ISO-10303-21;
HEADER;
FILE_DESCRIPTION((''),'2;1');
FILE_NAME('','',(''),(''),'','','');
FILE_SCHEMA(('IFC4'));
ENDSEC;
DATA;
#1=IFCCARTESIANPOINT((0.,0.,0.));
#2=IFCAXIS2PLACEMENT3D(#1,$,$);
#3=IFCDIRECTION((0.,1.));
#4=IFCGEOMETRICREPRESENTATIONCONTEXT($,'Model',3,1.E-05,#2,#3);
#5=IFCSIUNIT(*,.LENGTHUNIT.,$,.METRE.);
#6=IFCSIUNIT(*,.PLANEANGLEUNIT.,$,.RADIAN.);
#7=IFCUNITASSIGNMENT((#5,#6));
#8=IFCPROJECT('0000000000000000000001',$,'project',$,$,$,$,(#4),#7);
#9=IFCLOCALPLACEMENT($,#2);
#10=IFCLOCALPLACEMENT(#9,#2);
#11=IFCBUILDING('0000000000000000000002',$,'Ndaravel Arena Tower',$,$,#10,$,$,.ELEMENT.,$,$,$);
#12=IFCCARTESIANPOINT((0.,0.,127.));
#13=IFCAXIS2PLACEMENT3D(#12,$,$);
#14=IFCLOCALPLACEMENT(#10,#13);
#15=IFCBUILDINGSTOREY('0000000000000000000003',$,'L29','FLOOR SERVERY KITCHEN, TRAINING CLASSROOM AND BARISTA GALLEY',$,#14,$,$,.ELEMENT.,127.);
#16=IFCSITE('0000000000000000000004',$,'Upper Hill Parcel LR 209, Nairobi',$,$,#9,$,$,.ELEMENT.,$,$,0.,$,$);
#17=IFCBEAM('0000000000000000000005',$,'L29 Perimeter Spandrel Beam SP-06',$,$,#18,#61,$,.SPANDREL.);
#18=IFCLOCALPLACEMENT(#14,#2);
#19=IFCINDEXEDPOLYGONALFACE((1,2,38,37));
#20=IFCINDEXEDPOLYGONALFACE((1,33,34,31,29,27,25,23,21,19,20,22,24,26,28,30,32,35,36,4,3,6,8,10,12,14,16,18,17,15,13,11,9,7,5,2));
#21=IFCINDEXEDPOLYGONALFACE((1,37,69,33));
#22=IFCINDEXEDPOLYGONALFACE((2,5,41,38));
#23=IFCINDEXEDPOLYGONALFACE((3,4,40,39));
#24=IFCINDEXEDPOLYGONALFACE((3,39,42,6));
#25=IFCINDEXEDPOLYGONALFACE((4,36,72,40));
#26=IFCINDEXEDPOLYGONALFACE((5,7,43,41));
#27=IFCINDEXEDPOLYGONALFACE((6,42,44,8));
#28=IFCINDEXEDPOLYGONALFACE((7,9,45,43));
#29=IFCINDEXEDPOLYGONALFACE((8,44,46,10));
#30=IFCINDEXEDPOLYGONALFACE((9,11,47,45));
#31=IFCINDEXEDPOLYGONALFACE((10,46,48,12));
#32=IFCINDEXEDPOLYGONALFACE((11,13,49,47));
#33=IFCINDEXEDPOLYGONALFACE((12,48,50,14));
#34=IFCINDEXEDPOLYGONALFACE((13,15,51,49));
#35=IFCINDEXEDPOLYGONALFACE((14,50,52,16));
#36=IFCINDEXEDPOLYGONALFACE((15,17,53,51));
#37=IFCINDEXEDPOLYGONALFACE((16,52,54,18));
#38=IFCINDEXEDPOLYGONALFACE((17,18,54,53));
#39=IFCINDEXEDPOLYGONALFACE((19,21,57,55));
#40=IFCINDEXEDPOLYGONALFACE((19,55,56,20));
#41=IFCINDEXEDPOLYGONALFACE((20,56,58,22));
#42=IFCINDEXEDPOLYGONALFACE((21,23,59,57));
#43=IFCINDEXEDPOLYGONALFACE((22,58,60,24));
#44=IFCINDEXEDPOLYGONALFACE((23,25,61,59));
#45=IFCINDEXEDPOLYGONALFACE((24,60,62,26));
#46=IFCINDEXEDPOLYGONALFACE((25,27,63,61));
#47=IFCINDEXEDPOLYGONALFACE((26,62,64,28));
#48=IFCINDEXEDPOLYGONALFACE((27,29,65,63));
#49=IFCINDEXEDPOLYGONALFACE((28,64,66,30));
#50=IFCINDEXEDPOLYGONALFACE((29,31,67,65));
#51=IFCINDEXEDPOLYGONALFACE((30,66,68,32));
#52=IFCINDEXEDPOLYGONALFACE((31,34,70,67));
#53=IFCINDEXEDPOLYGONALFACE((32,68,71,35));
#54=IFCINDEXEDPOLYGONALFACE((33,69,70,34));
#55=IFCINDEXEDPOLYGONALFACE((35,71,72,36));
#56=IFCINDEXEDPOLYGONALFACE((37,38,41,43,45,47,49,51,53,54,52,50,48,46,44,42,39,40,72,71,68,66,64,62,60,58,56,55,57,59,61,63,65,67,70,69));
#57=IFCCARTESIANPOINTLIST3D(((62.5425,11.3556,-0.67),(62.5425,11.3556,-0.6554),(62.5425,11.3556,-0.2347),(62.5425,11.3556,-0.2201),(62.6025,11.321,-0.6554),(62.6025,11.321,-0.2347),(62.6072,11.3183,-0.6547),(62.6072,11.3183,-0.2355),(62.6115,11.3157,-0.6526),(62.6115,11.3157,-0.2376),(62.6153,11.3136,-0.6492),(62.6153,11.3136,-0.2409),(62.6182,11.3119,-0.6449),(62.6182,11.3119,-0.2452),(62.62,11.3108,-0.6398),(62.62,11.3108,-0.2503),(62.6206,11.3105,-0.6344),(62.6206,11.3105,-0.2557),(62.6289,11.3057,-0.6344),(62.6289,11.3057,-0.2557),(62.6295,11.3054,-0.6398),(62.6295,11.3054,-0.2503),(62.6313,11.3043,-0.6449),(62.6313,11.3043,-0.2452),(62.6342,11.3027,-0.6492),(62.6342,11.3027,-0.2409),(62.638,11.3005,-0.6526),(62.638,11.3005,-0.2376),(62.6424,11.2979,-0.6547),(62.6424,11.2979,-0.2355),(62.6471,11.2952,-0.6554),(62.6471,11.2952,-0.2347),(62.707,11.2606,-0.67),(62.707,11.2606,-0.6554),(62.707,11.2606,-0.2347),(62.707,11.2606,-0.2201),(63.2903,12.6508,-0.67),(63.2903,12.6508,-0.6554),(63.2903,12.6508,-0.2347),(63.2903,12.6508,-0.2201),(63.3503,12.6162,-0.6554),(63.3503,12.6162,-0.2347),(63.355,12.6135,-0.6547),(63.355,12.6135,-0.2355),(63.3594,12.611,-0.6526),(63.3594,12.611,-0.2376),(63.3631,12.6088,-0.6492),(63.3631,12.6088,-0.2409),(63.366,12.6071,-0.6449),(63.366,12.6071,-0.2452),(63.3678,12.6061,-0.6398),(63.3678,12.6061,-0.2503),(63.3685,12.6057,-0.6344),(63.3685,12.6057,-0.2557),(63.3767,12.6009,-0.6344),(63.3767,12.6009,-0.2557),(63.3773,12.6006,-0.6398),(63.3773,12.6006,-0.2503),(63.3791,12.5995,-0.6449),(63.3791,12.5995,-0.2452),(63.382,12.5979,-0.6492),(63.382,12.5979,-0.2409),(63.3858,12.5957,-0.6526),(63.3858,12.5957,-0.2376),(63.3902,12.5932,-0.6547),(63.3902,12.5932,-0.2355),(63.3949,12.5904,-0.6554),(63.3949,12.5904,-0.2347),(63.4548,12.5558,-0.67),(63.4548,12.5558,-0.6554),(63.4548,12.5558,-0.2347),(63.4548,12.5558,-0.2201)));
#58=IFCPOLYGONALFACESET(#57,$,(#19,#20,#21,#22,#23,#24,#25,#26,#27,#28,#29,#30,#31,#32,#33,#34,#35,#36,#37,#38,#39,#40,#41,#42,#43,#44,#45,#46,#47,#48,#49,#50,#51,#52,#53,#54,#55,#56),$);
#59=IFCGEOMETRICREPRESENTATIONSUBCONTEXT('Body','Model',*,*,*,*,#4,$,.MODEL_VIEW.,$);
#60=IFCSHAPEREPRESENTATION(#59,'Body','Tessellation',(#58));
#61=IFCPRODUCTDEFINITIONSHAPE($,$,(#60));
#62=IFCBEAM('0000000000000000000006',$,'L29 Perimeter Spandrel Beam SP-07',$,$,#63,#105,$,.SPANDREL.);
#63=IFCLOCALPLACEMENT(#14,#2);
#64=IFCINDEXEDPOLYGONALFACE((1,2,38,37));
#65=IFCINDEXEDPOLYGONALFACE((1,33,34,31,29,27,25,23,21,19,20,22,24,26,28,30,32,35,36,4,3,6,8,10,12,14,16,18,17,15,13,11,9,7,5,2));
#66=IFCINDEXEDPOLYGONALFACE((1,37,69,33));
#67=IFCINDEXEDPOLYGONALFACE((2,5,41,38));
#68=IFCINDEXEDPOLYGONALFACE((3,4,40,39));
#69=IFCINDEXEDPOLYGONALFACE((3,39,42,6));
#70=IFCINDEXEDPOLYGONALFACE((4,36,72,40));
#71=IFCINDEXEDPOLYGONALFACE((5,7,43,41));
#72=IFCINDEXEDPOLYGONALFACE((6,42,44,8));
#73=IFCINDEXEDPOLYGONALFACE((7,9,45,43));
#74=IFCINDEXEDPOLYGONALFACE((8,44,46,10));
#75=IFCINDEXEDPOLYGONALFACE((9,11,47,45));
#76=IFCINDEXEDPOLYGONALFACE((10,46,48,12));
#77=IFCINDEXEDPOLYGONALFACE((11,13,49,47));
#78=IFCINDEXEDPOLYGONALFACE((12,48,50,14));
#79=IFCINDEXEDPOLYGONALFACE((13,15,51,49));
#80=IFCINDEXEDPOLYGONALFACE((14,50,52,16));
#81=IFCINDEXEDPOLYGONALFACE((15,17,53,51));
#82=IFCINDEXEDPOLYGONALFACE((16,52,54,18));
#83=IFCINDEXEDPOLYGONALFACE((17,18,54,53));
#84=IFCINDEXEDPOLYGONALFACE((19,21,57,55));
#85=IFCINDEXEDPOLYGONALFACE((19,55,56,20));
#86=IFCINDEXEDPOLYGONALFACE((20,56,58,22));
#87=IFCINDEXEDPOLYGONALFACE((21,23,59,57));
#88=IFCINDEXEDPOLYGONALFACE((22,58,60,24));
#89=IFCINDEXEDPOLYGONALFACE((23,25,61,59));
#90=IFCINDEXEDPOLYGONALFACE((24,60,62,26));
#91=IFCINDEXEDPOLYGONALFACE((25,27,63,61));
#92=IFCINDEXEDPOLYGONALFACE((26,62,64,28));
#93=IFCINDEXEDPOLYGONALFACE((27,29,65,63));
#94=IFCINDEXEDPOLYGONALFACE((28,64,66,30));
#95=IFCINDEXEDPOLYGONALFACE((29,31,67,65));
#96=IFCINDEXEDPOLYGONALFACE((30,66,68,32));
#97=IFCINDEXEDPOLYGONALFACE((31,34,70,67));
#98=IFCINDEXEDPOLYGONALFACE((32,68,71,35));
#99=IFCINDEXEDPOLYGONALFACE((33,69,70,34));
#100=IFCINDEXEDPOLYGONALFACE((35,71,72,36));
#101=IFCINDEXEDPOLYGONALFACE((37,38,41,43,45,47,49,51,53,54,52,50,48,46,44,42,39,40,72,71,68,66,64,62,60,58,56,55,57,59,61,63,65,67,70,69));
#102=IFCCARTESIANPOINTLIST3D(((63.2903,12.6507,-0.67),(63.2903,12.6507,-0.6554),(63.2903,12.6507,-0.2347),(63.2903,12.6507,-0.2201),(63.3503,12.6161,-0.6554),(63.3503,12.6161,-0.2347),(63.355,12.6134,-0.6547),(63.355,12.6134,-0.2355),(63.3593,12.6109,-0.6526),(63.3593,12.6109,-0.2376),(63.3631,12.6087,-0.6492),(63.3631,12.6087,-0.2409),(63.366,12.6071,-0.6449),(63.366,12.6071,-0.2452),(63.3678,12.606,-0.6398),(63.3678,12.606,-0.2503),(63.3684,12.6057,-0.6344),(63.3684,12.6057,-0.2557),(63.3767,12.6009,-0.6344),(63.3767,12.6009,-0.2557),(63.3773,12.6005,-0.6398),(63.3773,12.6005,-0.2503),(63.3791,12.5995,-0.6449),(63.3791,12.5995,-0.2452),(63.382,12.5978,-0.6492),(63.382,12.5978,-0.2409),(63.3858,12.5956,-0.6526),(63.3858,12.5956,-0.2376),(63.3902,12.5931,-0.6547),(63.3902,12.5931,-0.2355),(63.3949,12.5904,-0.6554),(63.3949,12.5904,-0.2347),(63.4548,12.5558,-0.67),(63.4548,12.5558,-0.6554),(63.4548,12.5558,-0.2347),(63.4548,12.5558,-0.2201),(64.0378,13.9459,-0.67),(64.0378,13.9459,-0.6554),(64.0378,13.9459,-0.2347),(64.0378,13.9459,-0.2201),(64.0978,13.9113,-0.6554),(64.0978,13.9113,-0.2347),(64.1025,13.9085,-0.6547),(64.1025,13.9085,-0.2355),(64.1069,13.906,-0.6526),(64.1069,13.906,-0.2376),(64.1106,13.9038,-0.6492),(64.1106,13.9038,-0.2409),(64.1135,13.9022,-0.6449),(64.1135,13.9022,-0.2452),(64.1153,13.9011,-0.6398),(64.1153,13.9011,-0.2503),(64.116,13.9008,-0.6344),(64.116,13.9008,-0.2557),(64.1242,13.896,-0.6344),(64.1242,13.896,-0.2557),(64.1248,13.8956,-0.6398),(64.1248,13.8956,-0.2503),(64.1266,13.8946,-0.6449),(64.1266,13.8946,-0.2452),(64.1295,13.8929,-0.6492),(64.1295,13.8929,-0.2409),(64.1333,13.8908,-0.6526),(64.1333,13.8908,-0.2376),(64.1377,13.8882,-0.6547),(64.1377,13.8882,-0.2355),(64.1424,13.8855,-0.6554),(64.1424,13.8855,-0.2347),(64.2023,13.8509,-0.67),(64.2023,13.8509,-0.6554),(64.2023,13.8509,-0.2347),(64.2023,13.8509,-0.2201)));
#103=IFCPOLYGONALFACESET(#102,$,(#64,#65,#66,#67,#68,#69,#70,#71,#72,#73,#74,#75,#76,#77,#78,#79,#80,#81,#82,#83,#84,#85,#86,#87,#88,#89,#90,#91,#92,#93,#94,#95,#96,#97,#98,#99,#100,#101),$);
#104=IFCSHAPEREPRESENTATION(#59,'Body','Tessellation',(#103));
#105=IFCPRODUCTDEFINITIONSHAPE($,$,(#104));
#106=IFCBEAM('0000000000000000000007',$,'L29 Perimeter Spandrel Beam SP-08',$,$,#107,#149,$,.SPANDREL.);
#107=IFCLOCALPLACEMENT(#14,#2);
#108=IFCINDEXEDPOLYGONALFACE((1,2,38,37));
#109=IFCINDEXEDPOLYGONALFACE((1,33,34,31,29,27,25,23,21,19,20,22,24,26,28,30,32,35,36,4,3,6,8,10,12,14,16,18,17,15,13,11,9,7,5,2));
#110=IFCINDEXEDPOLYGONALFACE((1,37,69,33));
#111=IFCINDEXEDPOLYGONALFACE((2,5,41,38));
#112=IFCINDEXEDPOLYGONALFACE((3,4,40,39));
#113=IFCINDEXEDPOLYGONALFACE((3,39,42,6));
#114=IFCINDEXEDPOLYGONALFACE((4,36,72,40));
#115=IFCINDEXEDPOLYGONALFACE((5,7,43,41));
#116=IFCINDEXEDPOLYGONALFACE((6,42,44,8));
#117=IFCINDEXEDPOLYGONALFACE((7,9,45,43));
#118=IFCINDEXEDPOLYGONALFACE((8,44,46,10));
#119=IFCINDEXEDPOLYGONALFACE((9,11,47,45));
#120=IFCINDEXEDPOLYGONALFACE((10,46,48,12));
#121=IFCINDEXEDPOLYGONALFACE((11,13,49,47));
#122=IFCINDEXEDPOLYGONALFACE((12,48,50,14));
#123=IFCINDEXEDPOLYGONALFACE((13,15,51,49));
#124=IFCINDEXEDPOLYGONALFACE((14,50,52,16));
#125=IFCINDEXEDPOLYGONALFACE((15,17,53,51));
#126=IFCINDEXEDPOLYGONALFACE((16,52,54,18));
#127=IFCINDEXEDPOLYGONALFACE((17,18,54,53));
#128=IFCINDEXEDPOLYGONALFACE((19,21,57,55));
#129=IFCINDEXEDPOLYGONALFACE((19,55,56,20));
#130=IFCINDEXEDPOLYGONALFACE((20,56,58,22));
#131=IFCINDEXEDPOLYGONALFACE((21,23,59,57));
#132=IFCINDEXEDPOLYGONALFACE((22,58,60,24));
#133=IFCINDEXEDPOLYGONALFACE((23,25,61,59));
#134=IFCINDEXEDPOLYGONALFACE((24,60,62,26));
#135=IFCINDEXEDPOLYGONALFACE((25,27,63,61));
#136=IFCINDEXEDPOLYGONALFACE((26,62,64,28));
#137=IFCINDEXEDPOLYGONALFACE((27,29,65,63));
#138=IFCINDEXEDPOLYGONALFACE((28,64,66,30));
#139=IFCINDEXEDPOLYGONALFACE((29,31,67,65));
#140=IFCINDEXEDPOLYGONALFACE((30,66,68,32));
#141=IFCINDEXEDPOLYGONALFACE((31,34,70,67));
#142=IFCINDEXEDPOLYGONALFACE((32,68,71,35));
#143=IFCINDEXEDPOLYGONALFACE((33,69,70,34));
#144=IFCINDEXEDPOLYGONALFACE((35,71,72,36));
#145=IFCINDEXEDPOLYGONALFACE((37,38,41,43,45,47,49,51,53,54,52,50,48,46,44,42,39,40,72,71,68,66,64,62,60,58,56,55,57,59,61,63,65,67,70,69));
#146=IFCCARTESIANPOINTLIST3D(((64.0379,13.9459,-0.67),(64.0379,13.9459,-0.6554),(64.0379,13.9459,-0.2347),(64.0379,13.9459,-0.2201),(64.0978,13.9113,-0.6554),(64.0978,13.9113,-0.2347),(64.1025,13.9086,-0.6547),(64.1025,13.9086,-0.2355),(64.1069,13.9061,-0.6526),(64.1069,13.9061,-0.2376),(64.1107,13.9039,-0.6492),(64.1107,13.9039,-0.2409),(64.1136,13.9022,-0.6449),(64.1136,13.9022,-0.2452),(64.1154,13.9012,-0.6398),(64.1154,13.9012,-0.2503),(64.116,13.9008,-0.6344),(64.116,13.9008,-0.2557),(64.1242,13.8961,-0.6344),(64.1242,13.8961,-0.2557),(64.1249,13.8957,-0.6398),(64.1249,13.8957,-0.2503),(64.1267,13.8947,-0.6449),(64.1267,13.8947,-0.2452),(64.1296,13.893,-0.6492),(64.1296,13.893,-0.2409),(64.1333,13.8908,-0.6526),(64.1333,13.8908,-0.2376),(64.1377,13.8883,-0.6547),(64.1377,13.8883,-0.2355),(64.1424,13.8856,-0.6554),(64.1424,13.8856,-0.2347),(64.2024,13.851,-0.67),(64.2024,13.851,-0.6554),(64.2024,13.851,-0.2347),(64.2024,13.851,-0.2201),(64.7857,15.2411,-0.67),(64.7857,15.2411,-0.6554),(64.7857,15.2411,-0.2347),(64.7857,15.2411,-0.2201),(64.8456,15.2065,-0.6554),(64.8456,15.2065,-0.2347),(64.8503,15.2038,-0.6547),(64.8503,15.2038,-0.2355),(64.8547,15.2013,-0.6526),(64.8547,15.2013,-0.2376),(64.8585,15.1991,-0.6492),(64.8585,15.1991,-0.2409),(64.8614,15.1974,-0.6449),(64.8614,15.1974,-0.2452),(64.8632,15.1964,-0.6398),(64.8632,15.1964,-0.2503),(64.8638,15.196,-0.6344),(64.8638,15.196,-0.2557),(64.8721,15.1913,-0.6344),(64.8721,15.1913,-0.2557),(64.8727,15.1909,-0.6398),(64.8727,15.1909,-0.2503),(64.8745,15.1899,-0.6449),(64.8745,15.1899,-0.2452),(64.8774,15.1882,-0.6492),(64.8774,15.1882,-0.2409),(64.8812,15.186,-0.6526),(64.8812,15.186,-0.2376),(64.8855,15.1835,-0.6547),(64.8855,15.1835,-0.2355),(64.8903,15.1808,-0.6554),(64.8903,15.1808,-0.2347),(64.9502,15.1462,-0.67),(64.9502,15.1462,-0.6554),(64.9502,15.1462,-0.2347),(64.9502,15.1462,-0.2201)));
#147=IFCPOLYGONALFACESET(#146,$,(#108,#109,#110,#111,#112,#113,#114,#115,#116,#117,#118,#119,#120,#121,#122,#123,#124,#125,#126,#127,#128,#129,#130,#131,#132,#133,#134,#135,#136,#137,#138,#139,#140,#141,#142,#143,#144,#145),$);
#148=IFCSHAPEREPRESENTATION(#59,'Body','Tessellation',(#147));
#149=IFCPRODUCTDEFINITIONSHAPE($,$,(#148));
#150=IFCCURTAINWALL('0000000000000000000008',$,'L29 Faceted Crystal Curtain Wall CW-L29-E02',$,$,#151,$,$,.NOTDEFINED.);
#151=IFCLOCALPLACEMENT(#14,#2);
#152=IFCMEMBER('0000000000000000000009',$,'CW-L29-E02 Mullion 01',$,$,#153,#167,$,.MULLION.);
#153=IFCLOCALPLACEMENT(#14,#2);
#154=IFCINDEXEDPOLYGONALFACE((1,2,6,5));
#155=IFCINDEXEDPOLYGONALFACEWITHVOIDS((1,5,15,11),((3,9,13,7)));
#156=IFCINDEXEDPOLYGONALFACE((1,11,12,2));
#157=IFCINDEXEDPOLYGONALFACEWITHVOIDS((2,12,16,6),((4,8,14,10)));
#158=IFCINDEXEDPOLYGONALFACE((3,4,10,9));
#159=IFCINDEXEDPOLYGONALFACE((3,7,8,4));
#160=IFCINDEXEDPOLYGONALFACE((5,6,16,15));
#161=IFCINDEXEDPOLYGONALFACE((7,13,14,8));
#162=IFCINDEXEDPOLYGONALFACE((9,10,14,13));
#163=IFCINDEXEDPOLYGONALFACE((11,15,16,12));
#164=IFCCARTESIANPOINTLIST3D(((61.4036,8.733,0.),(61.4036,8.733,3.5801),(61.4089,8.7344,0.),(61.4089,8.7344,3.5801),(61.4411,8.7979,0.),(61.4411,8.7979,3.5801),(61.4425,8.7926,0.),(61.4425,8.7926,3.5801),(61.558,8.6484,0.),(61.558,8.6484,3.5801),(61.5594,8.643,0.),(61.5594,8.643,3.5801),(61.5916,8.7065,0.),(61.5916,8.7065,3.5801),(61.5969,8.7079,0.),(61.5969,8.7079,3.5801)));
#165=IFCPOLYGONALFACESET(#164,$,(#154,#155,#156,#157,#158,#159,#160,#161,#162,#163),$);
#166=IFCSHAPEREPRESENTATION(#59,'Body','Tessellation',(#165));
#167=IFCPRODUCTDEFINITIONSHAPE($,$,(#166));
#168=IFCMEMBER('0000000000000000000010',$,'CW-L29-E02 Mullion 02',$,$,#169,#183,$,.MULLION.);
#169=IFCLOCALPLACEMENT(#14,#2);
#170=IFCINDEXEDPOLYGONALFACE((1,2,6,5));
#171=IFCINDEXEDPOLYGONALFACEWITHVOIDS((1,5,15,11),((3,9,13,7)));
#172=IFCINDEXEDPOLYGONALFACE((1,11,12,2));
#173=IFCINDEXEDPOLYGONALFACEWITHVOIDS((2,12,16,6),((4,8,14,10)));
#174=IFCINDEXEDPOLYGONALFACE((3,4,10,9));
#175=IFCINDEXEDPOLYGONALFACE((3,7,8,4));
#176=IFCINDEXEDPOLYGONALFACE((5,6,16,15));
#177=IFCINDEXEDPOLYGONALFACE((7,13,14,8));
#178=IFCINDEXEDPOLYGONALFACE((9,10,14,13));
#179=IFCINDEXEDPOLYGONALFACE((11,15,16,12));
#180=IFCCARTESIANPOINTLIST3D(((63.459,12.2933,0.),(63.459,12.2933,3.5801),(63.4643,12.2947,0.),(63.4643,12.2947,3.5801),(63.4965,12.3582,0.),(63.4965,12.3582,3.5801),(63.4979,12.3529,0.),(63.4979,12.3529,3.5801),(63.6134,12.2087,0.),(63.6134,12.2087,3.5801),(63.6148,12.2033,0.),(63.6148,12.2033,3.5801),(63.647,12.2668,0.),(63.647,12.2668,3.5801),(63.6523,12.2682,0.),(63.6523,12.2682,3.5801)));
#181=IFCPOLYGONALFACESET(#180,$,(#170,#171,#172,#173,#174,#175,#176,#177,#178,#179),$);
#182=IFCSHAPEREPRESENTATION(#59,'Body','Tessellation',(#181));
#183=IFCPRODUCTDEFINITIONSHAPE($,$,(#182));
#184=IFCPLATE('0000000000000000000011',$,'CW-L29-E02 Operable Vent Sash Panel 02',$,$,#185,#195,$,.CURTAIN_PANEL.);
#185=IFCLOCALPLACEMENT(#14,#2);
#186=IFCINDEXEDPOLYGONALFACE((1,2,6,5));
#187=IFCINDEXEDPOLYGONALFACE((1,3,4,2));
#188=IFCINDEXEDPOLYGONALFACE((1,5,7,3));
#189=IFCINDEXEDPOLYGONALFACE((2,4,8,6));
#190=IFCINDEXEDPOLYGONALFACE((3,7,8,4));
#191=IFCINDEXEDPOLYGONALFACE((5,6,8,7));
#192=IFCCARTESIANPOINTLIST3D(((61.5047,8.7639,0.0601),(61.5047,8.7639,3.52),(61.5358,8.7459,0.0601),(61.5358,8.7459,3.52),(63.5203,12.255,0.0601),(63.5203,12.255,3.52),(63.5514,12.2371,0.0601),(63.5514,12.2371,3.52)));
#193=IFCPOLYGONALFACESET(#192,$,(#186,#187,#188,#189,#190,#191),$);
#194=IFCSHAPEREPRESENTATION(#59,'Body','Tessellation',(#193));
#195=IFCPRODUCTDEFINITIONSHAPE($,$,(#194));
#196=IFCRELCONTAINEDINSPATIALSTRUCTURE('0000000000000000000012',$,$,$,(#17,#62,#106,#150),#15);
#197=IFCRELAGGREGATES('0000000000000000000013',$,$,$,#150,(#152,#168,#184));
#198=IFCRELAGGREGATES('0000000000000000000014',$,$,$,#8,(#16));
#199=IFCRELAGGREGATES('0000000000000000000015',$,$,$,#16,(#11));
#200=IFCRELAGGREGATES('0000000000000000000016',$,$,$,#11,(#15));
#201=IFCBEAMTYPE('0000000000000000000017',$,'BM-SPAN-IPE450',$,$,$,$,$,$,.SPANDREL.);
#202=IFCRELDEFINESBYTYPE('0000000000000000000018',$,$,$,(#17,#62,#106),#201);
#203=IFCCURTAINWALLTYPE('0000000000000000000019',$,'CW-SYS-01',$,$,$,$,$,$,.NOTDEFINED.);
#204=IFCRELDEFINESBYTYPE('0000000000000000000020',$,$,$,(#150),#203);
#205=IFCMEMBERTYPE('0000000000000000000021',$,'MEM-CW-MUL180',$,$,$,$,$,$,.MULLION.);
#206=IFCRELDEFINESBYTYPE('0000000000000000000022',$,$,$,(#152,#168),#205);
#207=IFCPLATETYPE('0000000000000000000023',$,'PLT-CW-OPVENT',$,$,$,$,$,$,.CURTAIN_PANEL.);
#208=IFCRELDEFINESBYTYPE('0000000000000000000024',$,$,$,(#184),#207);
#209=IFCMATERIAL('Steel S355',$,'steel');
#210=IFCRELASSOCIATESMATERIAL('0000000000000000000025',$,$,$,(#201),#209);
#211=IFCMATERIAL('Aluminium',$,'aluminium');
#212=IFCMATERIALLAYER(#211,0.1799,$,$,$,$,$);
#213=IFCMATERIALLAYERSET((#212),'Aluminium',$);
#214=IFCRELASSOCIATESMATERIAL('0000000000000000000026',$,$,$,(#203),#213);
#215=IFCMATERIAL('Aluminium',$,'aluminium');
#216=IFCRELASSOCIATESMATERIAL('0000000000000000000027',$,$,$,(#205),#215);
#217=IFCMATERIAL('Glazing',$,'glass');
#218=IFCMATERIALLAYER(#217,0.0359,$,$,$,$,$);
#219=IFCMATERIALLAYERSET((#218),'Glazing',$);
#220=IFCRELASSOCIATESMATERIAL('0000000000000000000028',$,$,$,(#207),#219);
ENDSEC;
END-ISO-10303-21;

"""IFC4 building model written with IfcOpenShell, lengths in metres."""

from ifc_helpers import new_model, si_unit, direction, frame, origin, origin_2d, place, context, subcontext, project, spatial, rectangle, hollow_rectangle, i_section, extrude, material, layer, layer_set, material_profile, profile_set, type_object, element, aggregate, save


model = new_model("IFC4")

# Units and contexts
model_context = context("Model", 3, precision=1e-05, world=origin(), true_north=direction((0.0, 1.0)))
body_context = subcontext(model_context, "Body", "Model", "MODEL_VIEW")
ifc_project = project(units=[si_unit("LENGTHUNIT", "METRE"), si_unit("PLANEANGLEUNIT", "RADIAN")], contexts=[model_context])

# Site, building, storey
site_placement = place(None, origin())
site = spatial("IfcSite", under=ifc_project, at=site_placement, Name="Upper Hill Parcel LR 209, Nairobi", CompositionType="ELEMENT", RefElevation=0.0)
building_placement = place(site_placement, origin())
building = spatial("IfcBuilding", under=site, at=building_placement, Name="Ndaravel Arena Tower", CompositionType="ELEMENT")
storey_placement = place(building_placement, frame((0.0, 0.0, 127.0)))
storey = spatial("IfcBuildingStorey", under=building, at=storey_placement, Name="L29", Description="FLOOR SERVERY KITCHEN, TRAINING CLASSROOM AND BARISTA GALLEY", CompositionType="ELEMENT", Elevation=127.0)

# Beams
ifc_material_1 = material(Name="Steel S355", Category="steel")
ifc_material_profile_1 = material_profile(ifc_material_1, i_section(OverallWidth=0.1899, OverallDepth=0.45, WebThickness=0.0095, FlangeThickness=0.0146, FilletRadius=0.021, at=origin_2d()), Name="IPE 450")
ifc_profile_set_1 = profile_set([ifc_material_profile_1], Name="Steel S355")
beam_type = type_object("IfcBeamType", Name="BM-SPAN-IPE450", PredefinedType="SPANDREL", material=ifc_profile_set_1)
for number, where, z_axis, x_axis, name in (
    (1, (62.6248, 11.3081, -0.4451), (0.500019, 0.866014, 0.0), (-0.866014, 0.500019, 0.0), "L29 Perimeter Spandrel Beam SP-06"),
):
    element("IfcBeam", number, at=place(storey_placement, frame(where, z_axis=z_axis, x_axis=x_axis)), inside=storey, type_object=beam_type, Name=name, PredefinedType="SPANDREL", context=body_context, shape_type="SweptSolid", body=[
        extrude(i_section(OverallWidth=0.1899, OverallDepth=0.45, WebThickness=0.0095, FlangeThickness=0.0146, FilletRadius=0.021, at=origin_2d()), origin(), (0.0, 0.0, 1.0), 1.4956),
    ])
beam_1_placement = place(storey_placement, frame((63.3726, 12.6033, -0.4451), z_axis=(0.499897, 0.866085, 0.0), x_axis=(-0.866085, 0.499897, 0.0)))
element("IfcBeam", 2, at=beam_1_placement, inside=storey, type_object=beam_type, Name="L29 Perimeter Spandrel Beam SP-07", PredefinedType="SPANDREL", context=body_context, shape_type="SweptSolid", body=[
    extrude(i_section(OverallWidth=0.1899, OverallDepth=0.45, WebThickness=0.0095, FlangeThickness=0.0146, FilletRadius=0.021, at=origin_2d()), origin(), (0.0, 0.0, 1.0), 1.4954),
])
beam_2_placement = place(storey_placement, frame((64.1201, 13.8984, -0.4451), z_axis=(0.500019, 0.866014, 0.0), x_axis=(-0.866014, 0.500019, 0.0)))
element("IfcBeam", 3, at=beam_2_placement, inside=storey, type_object=beam_type, Name="L29 Perimeter Spandrel Beam SP-08", PredefinedType="SPANDREL", context=body_context, shape_type="SweptSolid", body=[
    extrude(i_section(OverallWidth=0.1899, OverallDepth=0.45, WebThickness=0.0095, FlangeThickness=0.0146, FilletRadius=0.021, at=origin_2d()), origin(), (0.0, 0.0, 1.0), 1.4956),
])

# Curtain wall, members, plate
ifc_material_2 = material(Name="Aluminium", Category="aluminium")
ifc_layer_1 = layer(ifc_material_2, 0.1799)
ifc_layer_set_1 = layer_set([ifc_layer_1], Name="Aluminium")
curtain_wall_type = type_object("IfcCurtainWallType", Name="CW-SYS-01", PredefinedType="NOTDEFINED", material=ifc_layer_set_1)
curtain_wall_placement = place(storey_placement, origin())
curtain_wall = element("IfcCurtainWall", 4, at=curtain_wall_placement, inside=storey, type_object=curtain_wall_type, Name="L29 Faceted Crystal Curtain Wall CW-L29-E02", PredefinedType="NOTDEFINED")
ifc_material_3 = material(Name="Aluminium", Category="aluminium")
ifc_material_profile_2 = material_profile(ifc_material_3, hollow_rectangle(XDim=0.075, YDim=0.1799, WallThickness=0.0039, at=origin_2d()), Name="CW MULLION 75x180x4")
ifc_profile_set_2 = profile_set([ifc_material_profile_2], Name="Aluminium")
member_type = type_object("IfcMemberType", Name="MEM-CW-MUL180", PredefinedType="MULLION", material=ifc_profile_set_2)
member_1_placement = place(storey_placement, frame((61.5002, 8.7205, 0.0), z_axis=(0.0, 0.0, 1.0), x_axis=(0.5, 0.866025, 0.0)))
member_1 = element("IfcMember", 5, at=member_1_placement, type_object=member_type, Name="CW-L29-E02 Mullion 01", PredefinedType="MULLION", context=body_context, shape_type="SweptSolid", body=[
    extrude(hollow_rectangle(XDim=0.075, YDim=0.1799, WallThickness=0.0039, at=origin_2d()), origin(), (0.0, 0.0, 1.0), 3.5801),
])
member_2_placement = place(storey_placement, frame((63.5557, 12.2808, 0.0), z_axis=(0.0, 0.0, 1.0), x_axis=(0.5, 0.866025, 0.0)))
member_2 = element("IfcMember", 6, at=member_2_placement, type_object=member_type, Name="CW-L29-E02 Mullion 02", PredefinedType="MULLION", context=body_context, shape_type="SweptSolid", body=[
    extrude(hollow_rectangle(XDim=0.075, YDim=0.1799, WallThickness=0.0039, at=origin_2d()), origin(), (0.0, 0.0, 1.0), 3.5801),
])
ifc_material_4 = material(Name="Glazing", Category="glass")
ifc_layer_2 = layer(ifc_material_4, 0.0359)
ifc_layer_set_2 = layer_set([ifc_layer_2], Name="Glazing")
plate_type_1 = type_object("IfcPlateType", Name="PLT-CW-OPVENT", PredefinedType="CURTAIN_PANEL", material=ifc_layer_set_2)
plate_1_placement = place(storey_placement, frame((62.5281, 10.5005, 0.0601), z_axis=(0.0, 0.0, 1.0), x_axis=(0.5, 0.866025, 0.0)))
plate_1 = element("IfcPlate", 7, at=plate_1_placement, type_object=plate_type_1, Name="CW-L29-E02 Operable Vent Sash Panel 02", PredefinedType="CURTAIN_PANEL", context=body_context, shape_type="SweptSolid", body=[
    extrude(rectangle(XDim=4.0312, YDim=0.0359, at=origin_2d()), origin(), (0.0, 0.0, 1.0), 3.46),
])
aggregate(curtain_wall, [member_1, member_2, plate_1])

save(model, "model.ifc")
